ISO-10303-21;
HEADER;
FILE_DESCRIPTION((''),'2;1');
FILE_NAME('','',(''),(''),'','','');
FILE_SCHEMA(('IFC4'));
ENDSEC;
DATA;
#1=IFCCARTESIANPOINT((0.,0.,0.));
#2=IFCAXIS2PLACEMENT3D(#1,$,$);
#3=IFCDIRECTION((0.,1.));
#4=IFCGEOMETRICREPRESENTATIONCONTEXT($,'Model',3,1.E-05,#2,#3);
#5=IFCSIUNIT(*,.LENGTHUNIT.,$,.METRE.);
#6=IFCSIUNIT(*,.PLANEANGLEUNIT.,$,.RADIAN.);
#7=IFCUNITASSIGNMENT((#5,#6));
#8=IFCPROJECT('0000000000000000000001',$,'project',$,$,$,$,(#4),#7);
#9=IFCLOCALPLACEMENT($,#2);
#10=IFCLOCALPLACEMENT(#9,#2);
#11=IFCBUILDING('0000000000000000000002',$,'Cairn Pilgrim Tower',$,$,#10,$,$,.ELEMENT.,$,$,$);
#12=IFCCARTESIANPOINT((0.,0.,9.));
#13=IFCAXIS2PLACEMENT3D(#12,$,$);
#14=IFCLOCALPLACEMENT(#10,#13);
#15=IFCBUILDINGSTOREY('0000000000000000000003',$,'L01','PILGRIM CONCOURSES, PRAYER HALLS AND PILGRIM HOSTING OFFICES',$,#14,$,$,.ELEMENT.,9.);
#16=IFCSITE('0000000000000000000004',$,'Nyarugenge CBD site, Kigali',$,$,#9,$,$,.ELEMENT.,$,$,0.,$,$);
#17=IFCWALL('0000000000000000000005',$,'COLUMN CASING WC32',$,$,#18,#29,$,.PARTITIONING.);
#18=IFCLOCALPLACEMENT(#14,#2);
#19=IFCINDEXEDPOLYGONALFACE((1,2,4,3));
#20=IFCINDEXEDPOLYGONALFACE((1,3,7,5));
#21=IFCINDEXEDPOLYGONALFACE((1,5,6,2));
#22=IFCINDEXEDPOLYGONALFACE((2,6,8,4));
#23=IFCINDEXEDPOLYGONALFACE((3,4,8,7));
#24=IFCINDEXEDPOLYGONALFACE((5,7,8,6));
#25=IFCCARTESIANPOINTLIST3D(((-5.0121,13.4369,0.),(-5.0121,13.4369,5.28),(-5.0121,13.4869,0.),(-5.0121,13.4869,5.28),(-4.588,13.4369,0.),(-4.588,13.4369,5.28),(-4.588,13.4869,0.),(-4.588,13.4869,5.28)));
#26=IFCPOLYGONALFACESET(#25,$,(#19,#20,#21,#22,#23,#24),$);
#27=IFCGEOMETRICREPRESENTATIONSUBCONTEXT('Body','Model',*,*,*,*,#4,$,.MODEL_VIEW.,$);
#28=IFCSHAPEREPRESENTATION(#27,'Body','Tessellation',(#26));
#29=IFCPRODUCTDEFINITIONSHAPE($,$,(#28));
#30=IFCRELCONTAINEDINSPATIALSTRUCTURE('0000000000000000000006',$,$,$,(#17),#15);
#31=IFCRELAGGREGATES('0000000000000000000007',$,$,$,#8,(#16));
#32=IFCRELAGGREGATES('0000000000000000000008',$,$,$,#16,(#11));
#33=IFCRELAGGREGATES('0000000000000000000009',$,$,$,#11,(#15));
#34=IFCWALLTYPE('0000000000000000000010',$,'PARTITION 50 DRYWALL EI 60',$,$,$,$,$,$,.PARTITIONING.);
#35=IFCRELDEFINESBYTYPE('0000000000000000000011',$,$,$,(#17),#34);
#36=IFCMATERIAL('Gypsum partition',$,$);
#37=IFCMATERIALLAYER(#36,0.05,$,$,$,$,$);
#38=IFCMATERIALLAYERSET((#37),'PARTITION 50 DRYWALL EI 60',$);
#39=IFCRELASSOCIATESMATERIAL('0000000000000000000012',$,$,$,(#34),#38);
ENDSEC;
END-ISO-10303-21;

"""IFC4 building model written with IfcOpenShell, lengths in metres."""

from ifc_helpers import new_model, si_unit, direction, frame, frame_2d, origin, place, context, subcontext, project, spatial, rectangle, extrude, material, layer, layer_set, type_object, element, save


model = new_model("IFC4")

# Units and contexts
model_context = context("Model", 3, precision=1e-05, world=origin(), true_north=direction((0.0, 1.0)))
body_context = subcontext(model_context, "Body", "Model", "MODEL_VIEW")
ifc_project = project(units=[si_unit("LENGTHUNIT", "METRE"), si_unit("PLANEANGLEUNIT", "RADIAN")], contexts=[model_context])

# Site, building, storey
site_placement = place(None, origin())
site = spatial("IfcSite", under=ifc_project, at=site_placement, Name="Nyarugenge CBD site, Kigali", CompositionType="ELEMENT", RefElevation=0.0)
building_placement = place(site_placement, origin())
building = spatial("IfcBuilding", under=site, at=building_placement, Name="Cairn Pilgrim Tower", CompositionType="ELEMENT")
storey_placement = place(building_placement, frame((0.0, 0.0, 9.0)))
storey = spatial("IfcBuildingStorey", under=building, at=storey_placement, Name="L01", Description="PILGRIM CONCOURSES, PRAYER HALLS AND PILGRIM HOSTING OFFICES", CompositionType="ELEMENT", Elevation=9.0)

# Shared definitions
ifc_material_1 = material(Name="Gypsum partition")

# Wall
ifc_layer_1 = layer(ifc_material_1, 0.05)
ifc_layer_set_1 = layer_set([ifc_layer_1], Name="PARTITION 50 DRYWALL EI 60")
wall_type_1 = type_object("IfcWallType", Name="PARTITION 50 DRYWALL EI 60", PredefinedType="PARTITIONING", material=ifc_layer_set_1)
wall_1_placement = place(storey_placement, frame((-5.012, 13.4619, 0.0), z_axis=(0.0, 0.0, 1.0), x_axis=(1.0, 0.0, 0.0)))
element("IfcWall", 1, at=wall_1_placement, inside=storey, type_object=wall_type_1, Name="COLUMN CASING WC32", PredefinedType="PARTITIONING", context=body_context, shape_type="SweptSolid", body=[
    extrude(rectangle(XDim=0.4241, YDim=0.05, at=frame_2d((0.2119, 0.0))), origin(), (0.0, 0.0, 1.0), 5.28),
])

save(model, "model.ifc")
